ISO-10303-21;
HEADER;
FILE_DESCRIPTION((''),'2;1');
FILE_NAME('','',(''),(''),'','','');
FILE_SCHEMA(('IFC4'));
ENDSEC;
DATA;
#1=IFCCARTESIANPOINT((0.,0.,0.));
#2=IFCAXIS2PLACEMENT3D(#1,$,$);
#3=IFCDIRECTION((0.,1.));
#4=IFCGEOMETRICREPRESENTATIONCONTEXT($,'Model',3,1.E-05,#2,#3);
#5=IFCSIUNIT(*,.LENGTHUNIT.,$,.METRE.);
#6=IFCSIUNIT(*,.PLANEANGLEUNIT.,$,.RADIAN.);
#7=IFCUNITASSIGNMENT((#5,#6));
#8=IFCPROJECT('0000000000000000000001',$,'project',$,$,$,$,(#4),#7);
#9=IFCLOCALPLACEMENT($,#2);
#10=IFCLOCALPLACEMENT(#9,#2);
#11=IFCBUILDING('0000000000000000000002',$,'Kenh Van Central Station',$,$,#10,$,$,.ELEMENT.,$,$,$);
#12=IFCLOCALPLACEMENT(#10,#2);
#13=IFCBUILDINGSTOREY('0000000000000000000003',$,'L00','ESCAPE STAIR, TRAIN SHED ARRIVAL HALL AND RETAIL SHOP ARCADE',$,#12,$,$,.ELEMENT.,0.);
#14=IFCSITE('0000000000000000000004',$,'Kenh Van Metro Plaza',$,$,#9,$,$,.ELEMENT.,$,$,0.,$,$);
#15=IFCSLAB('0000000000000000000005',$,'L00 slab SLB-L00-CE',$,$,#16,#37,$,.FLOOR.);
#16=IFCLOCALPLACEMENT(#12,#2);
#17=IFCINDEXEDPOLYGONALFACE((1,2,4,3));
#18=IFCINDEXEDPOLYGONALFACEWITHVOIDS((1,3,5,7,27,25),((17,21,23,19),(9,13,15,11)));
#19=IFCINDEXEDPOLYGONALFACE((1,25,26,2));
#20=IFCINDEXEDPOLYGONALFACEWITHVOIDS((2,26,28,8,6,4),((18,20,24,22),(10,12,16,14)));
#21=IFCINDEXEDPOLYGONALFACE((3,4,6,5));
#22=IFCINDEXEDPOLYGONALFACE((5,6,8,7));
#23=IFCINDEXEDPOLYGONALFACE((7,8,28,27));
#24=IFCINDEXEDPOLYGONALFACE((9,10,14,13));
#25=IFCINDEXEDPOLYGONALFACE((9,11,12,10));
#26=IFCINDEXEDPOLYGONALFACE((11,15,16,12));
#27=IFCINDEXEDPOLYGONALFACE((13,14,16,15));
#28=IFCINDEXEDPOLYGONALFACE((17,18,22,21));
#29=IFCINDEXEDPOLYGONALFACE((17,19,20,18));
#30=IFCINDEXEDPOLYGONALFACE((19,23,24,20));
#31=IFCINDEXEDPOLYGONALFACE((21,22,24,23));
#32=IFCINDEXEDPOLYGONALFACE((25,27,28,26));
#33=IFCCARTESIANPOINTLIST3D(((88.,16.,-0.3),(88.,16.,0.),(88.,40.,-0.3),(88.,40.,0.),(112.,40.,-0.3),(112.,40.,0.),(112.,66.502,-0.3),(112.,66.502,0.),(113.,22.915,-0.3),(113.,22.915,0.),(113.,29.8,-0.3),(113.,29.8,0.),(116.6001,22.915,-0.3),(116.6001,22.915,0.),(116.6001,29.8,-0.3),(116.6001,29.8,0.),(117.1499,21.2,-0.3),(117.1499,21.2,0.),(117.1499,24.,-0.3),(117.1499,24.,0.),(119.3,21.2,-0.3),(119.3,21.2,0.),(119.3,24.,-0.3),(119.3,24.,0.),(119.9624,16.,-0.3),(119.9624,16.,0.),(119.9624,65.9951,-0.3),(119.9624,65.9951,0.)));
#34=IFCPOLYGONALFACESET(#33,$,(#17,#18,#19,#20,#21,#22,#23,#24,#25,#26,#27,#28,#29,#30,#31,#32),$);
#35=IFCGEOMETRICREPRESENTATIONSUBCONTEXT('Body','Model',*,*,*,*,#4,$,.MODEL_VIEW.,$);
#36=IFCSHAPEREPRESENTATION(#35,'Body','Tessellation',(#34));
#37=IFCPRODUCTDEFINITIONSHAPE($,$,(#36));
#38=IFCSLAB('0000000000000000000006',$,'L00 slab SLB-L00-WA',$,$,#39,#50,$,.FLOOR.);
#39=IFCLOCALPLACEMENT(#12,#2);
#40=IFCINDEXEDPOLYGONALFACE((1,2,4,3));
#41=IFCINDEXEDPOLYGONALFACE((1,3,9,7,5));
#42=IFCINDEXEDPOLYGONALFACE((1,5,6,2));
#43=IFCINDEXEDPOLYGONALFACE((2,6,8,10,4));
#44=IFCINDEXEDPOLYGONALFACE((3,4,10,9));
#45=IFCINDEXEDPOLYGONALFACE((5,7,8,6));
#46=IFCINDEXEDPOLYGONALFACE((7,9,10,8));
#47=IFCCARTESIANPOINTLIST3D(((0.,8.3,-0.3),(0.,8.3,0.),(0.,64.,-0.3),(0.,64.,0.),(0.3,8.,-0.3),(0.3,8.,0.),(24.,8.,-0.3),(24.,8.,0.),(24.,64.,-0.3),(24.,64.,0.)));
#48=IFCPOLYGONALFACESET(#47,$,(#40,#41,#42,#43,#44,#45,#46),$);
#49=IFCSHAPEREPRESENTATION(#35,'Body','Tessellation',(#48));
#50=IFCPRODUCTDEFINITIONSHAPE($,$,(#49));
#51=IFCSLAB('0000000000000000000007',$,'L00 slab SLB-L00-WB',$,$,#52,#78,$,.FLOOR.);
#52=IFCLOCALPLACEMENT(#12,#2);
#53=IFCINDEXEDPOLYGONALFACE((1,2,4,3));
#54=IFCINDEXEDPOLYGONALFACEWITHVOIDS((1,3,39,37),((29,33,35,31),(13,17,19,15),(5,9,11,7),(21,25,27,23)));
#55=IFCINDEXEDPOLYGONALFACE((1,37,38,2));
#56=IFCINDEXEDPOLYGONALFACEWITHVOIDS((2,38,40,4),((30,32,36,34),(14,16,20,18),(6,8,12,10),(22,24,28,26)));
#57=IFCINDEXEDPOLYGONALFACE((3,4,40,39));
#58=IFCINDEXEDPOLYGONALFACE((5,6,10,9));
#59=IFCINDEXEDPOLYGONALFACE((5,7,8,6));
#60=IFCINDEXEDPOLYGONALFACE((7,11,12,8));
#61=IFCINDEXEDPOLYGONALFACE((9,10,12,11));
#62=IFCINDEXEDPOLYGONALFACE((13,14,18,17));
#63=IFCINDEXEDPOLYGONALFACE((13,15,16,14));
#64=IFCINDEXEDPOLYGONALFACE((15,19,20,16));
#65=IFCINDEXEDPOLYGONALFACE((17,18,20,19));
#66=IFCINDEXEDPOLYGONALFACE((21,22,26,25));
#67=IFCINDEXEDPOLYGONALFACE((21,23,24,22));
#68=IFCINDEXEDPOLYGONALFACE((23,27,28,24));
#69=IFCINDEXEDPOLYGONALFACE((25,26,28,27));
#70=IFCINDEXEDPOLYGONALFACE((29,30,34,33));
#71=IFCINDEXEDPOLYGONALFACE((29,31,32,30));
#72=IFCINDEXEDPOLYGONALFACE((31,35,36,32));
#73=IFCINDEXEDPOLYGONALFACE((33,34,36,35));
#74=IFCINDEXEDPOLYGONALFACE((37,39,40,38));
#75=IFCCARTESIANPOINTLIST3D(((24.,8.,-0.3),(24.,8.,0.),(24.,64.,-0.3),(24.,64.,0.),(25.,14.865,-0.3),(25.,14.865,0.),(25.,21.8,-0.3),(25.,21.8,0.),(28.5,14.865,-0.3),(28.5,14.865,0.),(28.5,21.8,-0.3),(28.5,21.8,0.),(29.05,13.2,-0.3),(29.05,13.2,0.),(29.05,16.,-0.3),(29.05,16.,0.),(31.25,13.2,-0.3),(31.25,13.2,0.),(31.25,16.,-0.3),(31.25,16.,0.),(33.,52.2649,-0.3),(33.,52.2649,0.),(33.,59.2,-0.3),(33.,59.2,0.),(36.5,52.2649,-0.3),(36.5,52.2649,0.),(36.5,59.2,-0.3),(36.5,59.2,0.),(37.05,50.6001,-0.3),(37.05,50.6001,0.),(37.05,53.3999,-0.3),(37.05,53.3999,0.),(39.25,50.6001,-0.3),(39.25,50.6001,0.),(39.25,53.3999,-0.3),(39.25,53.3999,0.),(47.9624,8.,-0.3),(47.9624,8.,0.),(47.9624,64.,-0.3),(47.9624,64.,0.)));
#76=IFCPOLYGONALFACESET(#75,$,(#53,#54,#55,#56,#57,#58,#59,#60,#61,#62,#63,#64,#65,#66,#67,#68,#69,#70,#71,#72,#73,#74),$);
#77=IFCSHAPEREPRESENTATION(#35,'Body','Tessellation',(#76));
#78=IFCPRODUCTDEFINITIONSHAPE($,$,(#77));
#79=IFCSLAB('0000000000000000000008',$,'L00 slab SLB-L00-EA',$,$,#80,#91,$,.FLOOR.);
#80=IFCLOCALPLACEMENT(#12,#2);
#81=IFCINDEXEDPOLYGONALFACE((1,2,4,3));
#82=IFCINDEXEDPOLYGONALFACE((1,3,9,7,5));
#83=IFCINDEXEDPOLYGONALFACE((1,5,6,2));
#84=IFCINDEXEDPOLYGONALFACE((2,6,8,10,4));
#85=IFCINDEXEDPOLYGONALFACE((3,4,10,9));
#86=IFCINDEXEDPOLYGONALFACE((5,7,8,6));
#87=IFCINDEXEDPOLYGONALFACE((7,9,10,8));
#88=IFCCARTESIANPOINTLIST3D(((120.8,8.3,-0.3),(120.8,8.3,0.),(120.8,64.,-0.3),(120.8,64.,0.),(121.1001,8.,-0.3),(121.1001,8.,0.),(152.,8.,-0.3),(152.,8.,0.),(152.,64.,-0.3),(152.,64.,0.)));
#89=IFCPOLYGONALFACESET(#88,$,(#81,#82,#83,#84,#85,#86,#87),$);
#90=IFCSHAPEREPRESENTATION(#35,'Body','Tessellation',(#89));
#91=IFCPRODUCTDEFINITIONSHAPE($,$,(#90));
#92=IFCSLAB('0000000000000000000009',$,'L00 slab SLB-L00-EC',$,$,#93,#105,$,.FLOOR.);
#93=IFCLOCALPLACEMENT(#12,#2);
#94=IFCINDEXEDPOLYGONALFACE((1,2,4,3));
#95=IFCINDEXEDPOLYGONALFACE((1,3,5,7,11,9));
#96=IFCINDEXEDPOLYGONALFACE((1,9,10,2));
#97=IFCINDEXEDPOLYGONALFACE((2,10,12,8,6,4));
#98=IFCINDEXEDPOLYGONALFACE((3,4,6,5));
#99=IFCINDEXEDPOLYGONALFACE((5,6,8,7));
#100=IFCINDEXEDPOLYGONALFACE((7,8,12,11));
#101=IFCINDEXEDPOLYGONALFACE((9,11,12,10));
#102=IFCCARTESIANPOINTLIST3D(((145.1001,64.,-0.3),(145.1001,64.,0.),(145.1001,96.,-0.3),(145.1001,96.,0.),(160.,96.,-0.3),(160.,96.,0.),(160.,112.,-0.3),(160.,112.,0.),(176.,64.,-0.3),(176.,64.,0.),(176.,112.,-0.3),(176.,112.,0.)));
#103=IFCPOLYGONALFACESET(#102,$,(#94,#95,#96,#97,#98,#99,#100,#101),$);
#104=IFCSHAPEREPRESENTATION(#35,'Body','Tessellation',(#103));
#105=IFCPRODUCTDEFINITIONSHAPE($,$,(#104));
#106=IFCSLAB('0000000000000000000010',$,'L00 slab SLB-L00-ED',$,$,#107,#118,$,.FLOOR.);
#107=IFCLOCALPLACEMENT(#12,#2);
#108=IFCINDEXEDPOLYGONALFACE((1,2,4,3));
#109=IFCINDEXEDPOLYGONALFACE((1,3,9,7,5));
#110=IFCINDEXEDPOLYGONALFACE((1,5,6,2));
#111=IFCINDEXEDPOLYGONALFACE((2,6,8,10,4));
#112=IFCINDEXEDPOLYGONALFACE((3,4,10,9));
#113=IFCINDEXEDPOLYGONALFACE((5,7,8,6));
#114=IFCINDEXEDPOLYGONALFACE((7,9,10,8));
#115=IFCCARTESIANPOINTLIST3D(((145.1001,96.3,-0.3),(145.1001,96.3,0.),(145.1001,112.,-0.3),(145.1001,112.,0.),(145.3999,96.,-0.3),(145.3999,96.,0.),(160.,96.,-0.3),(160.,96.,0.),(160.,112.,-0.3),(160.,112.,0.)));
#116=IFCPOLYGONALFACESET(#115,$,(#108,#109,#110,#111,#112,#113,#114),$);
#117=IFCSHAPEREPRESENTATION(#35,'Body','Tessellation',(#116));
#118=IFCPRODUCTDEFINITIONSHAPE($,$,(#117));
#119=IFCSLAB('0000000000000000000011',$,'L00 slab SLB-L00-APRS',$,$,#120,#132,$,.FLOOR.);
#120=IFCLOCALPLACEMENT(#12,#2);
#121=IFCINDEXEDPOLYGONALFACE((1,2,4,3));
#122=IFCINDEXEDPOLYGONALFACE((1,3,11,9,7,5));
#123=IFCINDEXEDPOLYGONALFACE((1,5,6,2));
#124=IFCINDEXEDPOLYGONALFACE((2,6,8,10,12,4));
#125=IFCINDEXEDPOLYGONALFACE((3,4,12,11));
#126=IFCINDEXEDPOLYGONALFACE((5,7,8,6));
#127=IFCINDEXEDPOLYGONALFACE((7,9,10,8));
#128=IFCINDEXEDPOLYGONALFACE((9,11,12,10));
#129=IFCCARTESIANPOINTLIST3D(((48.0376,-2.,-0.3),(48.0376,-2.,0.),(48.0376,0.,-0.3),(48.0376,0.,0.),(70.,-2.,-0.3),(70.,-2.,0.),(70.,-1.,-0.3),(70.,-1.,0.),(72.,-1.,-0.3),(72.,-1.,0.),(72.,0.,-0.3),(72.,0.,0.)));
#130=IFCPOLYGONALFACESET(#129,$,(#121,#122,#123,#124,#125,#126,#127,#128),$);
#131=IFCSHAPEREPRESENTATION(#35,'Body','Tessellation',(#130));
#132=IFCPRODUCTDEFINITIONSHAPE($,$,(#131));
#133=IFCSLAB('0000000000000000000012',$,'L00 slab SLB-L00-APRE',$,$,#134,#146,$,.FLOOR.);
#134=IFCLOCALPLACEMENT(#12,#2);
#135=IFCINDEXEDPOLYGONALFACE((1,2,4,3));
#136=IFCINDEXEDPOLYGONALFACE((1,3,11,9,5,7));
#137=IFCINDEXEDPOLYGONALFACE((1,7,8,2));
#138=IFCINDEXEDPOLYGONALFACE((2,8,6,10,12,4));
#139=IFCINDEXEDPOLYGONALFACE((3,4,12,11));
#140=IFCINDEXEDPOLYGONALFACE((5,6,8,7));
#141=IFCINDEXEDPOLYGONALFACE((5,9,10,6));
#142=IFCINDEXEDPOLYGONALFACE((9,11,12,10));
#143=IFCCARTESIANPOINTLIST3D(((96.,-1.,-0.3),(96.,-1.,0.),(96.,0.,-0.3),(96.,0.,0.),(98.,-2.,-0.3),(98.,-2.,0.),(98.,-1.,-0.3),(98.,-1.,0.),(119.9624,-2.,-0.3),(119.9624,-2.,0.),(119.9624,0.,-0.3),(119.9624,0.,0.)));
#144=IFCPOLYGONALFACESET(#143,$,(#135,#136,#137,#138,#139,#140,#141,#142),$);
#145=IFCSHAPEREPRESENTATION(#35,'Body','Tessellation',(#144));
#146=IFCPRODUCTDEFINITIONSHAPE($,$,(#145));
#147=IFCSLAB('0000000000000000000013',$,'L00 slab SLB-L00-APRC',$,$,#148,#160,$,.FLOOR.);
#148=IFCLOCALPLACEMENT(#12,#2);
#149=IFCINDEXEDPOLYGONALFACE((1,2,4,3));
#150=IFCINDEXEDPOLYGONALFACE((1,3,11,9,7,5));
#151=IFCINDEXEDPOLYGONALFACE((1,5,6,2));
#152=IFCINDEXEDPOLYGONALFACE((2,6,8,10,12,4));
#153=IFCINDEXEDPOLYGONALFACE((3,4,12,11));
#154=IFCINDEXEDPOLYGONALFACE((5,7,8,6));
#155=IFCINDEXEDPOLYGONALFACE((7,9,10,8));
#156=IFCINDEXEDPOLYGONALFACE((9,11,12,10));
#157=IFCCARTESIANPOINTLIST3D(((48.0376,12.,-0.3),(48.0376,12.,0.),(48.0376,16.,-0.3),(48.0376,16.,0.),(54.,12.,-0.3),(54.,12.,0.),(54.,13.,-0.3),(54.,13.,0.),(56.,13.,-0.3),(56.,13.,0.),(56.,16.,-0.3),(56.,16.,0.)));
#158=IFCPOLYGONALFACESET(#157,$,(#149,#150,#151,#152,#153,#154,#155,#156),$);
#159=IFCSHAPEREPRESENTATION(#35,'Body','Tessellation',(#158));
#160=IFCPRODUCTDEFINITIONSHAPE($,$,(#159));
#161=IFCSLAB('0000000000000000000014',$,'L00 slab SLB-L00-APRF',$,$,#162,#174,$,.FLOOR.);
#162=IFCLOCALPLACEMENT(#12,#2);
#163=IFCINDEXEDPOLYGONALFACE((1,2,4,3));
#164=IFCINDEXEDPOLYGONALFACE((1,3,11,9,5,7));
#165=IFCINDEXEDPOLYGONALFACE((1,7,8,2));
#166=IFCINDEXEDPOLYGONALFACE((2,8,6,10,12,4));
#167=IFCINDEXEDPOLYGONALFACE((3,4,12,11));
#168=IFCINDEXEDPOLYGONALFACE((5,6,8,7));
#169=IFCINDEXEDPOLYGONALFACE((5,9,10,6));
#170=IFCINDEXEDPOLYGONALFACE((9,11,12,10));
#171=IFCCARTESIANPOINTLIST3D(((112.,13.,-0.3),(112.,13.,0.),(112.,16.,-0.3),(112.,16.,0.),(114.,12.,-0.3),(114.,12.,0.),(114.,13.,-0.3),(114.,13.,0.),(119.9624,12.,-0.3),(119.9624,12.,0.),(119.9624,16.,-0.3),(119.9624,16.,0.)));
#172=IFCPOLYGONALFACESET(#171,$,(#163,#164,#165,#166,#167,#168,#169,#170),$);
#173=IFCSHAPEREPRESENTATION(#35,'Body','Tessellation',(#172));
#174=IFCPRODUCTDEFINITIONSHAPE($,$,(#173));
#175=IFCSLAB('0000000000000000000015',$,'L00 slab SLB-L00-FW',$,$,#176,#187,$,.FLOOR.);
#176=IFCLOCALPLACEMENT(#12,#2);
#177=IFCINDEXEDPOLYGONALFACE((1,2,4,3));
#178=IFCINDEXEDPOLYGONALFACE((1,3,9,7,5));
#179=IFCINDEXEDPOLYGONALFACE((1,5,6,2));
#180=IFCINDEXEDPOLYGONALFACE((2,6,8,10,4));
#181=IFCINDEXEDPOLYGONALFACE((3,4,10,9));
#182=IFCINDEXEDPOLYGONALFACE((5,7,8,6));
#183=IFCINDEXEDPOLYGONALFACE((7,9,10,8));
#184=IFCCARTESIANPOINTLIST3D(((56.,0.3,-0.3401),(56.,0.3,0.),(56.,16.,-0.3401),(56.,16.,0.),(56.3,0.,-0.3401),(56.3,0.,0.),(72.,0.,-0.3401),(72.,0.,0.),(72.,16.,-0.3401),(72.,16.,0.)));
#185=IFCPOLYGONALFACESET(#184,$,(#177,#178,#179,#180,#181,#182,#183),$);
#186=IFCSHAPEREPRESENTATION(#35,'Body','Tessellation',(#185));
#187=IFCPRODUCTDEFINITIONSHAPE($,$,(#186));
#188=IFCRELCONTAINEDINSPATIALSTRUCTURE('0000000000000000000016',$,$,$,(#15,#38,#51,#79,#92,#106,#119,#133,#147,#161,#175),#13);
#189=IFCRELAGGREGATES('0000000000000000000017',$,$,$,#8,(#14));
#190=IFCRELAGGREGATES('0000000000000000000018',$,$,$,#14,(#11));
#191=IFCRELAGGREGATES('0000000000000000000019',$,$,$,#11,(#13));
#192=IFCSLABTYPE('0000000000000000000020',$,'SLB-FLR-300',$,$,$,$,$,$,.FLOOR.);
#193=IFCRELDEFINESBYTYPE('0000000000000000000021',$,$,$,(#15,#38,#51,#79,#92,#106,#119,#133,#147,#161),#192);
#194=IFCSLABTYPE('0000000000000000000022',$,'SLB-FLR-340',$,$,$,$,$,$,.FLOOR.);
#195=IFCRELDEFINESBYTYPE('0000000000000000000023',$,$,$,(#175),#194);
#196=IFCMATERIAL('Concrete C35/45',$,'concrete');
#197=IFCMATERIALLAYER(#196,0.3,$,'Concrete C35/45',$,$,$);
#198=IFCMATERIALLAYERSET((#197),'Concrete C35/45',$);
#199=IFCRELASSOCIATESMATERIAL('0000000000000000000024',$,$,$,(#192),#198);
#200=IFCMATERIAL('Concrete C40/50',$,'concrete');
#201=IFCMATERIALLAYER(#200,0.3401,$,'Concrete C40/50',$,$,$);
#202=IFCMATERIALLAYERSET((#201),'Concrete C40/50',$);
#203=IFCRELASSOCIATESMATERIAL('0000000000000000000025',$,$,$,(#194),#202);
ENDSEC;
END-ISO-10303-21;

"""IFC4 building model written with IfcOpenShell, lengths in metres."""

from ifc_helpers import new_model, si_unit, direction, frame, origin, place, context, subcontext, project, spatial, polyline, outline, extrude, material, layer, layer_set, type_object, element, save


model = new_model("IFC4")

# Units and contexts
model_context = context("Model", 3, precision=1e-05, world=origin(), true_north=direction((0.0, 1.0)))
body_context = subcontext(model_context, "Body", "Model", "MODEL_VIEW")
ifc_project = project(units=[si_unit("LENGTHUNIT", "METRE"), si_unit("PLANEANGLEUNIT", "RADIAN")], contexts=[model_context])

# Site, building, storey
site_placement = place(None, origin())
site = spatial("IfcSite", under=ifc_project, at=site_placement, Name="Kenh Van Metro Plaza", CompositionType="ELEMENT", RefElevation=0.0)
building_placement = place(site_placement, origin())
building = spatial("IfcBuilding", under=site, at=building_placement, Name="Kenh Van Central Station", CompositionType="ELEMENT")
storey_placement = place(building_placement, origin())
storey = spatial("IfcBuildingStorey", under=building, at=storey_placement, Name="L00", Description="ESCAPE STAIR, TRAIN SHED ARRIVAL HALL AND RETAIL SHOP ARCADE", CompositionType="ELEMENT", Elevation=0.0)

# Slabs
ifc_material_1 = material(Name="Concrete C35/45", Category="concrete")
ifc_layer_1 = layer(ifc_material_1, 0.3, Name="Concrete C35/45")
ifc_layer_set_1 = layer_set([ifc_layer_1], Name="Concrete C35/45")
slab_type_1 = type_object("IfcSlabType", Name="SLB-FLR-300", PredefinedType="FLOOR", material=ifc_layer_set_1)
slab_1_placement = place(storey_placement, frame((0.0, 0.0, -0.3)))
element("IfcSlab", 1, at=slab_1_placement, inside=storey, type_object=slab_type_1, Name="L00 slab SLB-L00-CE", PredefinedType="FLOOR", context=body_context, shape_type="SweptSolid", body=[
    extrude(outline(polyline([(88.0, 16.0), (119.9624, 16.0), (119.9624, 65.9951), (112.0, 66.502), (112.0, 40.0), (88.0, 40.0), (88.0, 16.0)]), holes=[polyline([(119.3, 21.2), (117.1499, 21.2), (117.1499, 24.0), (119.3, 24.0), (119.3, 21.2)]), polyline([(116.6001, 22.915), (113.0, 22.915), (113.0, 29.8), (116.6001, 29.8), (116.6001, 22.915)])]), origin(), (0.0, 0.0, 1.0), 0.3),
])
slab_2_placement = place(storey_placement, frame((0.0, 0.0, -0.3)))
element("IfcSlab", 2, at=slab_2_placement, inside=storey, type_object=slab_type_1, Name="L00 slab SLB-L00-WA", PredefinedType="FLOOR", context=body_context, shape_type="SweptSolid", body=[
    extrude(outline(polyline([(0.3, 8.0), (24.0, 8.0), (24.0, 64.0), (0.0, 64.0), (0.0, 8.3), (0.3, 8.0)])), origin(), (0.0, 0.0, 1.0), 0.3),
])
slab_3_placement = place(storey_placement, frame((0.0, 0.0, -0.3)))
element("IfcSlab", 3, at=slab_3_placement, inside=storey, type_object=slab_type_1, Name="L00 slab SLB-L00-WB", PredefinedType="FLOOR", context=body_context, shape_type="SweptSolid", body=[
    extrude(outline(polyline([(24.0, 8.0), (47.9624, 8.0), (47.9624, 64.0), (24.0, 64.0), (24.0, 8.0)]), holes=[polyline([(39.25, 50.6001), (37.05, 50.6001), (37.05, 53.3999), (39.25, 53.3999), (39.25, 50.6001)]), polyline([(36.5, 52.2649), (33.0, 52.2649), (33.0, 59.2), (36.5, 59.2), (36.5, 52.2649)]), polyline([(31.25, 16.0), (31.25, 13.2), (29.05, 13.2), (29.05, 16.0), (31.25, 16.0)]), polyline([(28.5, 14.865), (25.0, 14.865), (25.0, 21.8), (28.5, 21.8), (28.5, 14.865)])]), origin(), (0.0, 0.0, 1.0), 0.3),
])
slab_4_placement = place(storey_placement, frame((0.0, 0.0, -0.3)))
element("IfcSlab", 4, at=slab_4_placement, inside=storey, type_object=slab_type_1, Name="L00 slab SLB-L00-EA", PredefinedType="FLOOR", context=body_context, shape_type="SweptSolid", body=[
    extrude(outline(polyline([(121.1001, 8.0), (152.0, 8.0), (152.0, 64.0), (120.8, 64.0), (120.8, 8.3), (121.1001, 8.0)])), origin(), (0.0, 0.0, 1.0), 0.3),
])
slab_5_placement = place(storey_placement, frame((0.0, 0.0, -0.3)))
element("IfcSlab", 5, at=slab_5_placement, inside=storey, type_object=slab_type_1, Name="L00 slab SLB-L00-EC", PredefinedType="FLOOR", context=body_context, shape_type="SweptSolid", body=[
    extrude(outline(polyline([(145.1001, 64.0), (176.0, 64.0), (176.0, 112.0), (160.0, 112.0), (160.0, 96.0), (145.1001, 96.0), (145.1001, 64.0)])), origin(), (0.0, 0.0, 1.0), 0.3),
])
slab_6_placement = place(storey_placement, frame((0.0, 0.0, -0.3)))
element("IfcSlab", 6, at=slab_6_placement, inside=storey, type_object=slab_type_1, Name="L00 slab SLB-L00-ED", PredefinedType="FLOOR", context=body_context, shape_type="SweptSolid", body=[
    extrude(outline(polyline([(145.3999, 96.0), (160.0, 96.0), (160.0, 112.0), (145.1001, 112.0), (145.1001, 96.3), (145.3999, 96.0)])), origin(), (0.0, 0.0, 1.0), 0.3),
])
slab_7_placement = place(storey_placement, frame((0.0, 0.0, -0.3)))
element("IfcSlab", 7, at=slab_7_placement, inside=storey, type_object=slab_type_1, Name="L00 slab SLB-L00-APRS", PredefinedType="FLOOR", context=body_context, shape_type="SweptSolid", body=[
    extrude(outline(polyline([(70.0, -2.0), (70.0, -1.0), (72.0, -1.0), (72.0, 0.0), (48.0376, 0.0), (48.0376, -2.0), (70.0, -2.0)])), origin(), (0.0, 0.0, 1.0), 0.3),
])
slab_8_placement = place(storey_placement, frame((0.0, 0.0, -0.3)))
element("IfcSlab", 8, at=slab_8_placement, inside=storey, type_object=slab_type_1, Name="L00 slab SLB-L00-APRE", PredefinedType="FLOOR", context=body_context, shape_type="SweptSolid", body=[
    extrude(outline(polyline([(119.9624, -2.0), (119.9624, 0.0), (96.0, 0.0), (96.0, -1.0), (98.0, -1.0), (98.0, -2.0), (119.9624, -2.0)])), origin(), (0.0, 0.0, 1.0), 0.3),
])
slab_9_placement = place(storey_placement, frame((0.0, 0.0, -0.3)))
element("IfcSlab", 9, at=slab_9_placement, inside=storey, type_object=slab_type_1, Name="L00 slab SLB-L00-APRC", PredefinedType="FLOOR", context=body_context, shape_type="SweptSolid", body=[
    extrude(outline(polyline([(54.0, 12.0), (54.0, 13.0), (56.0, 13.0), (56.0, 16.0), (48.0376, 16.0), (48.0376, 12.0), (54.0, 12.0)])), origin(), (0.0, 0.0, 1.0), 0.3),
])
slab_10_placement = place(storey_placement, frame((0.0, 0.0, -0.3)))
element("IfcSlab", 10, at=slab_10_placement, inside=storey, type_object=slab_type_1, Name="L00 slab SLB-L00-APRF", PredefinedType="FLOOR", context=body_context, shape_type="SweptSolid", body=[
    extrude(outline(polyline([(119.9624, 12.0), (119.9624, 16.0), (112.0, 16.0), (112.0, 13.0), (114.0, 13.0), (114.0, 12.0), (119.9624, 12.0)])), origin(), (0.0, 0.0, 1.0), 0.3),
])
ifc_material_2 = material(Name="Concrete C40/50", Category="concrete")
ifc_layer_2 = layer(ifc_material_2, 0.3401, Name="Concrete C40/50")
ifc_layer_set_2 = layer_set([ifc_layer_2], Name="Concrete C40/50")
slab_type_2 = type_object("IfcSlabType", Name="SLB-FLR-340", PredefinedType="FLOOR", material=ifc_layer_set_2)
slab_11_placement = place(storey_placement, frame((0.0, 0.0, -0.3401)))
element("IfcSlab", 11, at=slab_11_placement, inside=storey, type_object=slab_type_2, Name="L00 slab SLB-L00-FW", PredefinedType="FLOOR", context=body_context, shape_type="SweptSolid", body=[
    extrude(outline(polyline([(56.3, 0.0), (72.0, 0.0), (72.0, 16.0), (56.0, 16.0), (56.0, 0.3), (56.3, 0.0)])), origin(), (0.0, 0.0, 1.0), 0.3401),
])

save(model, "model.ifc")
